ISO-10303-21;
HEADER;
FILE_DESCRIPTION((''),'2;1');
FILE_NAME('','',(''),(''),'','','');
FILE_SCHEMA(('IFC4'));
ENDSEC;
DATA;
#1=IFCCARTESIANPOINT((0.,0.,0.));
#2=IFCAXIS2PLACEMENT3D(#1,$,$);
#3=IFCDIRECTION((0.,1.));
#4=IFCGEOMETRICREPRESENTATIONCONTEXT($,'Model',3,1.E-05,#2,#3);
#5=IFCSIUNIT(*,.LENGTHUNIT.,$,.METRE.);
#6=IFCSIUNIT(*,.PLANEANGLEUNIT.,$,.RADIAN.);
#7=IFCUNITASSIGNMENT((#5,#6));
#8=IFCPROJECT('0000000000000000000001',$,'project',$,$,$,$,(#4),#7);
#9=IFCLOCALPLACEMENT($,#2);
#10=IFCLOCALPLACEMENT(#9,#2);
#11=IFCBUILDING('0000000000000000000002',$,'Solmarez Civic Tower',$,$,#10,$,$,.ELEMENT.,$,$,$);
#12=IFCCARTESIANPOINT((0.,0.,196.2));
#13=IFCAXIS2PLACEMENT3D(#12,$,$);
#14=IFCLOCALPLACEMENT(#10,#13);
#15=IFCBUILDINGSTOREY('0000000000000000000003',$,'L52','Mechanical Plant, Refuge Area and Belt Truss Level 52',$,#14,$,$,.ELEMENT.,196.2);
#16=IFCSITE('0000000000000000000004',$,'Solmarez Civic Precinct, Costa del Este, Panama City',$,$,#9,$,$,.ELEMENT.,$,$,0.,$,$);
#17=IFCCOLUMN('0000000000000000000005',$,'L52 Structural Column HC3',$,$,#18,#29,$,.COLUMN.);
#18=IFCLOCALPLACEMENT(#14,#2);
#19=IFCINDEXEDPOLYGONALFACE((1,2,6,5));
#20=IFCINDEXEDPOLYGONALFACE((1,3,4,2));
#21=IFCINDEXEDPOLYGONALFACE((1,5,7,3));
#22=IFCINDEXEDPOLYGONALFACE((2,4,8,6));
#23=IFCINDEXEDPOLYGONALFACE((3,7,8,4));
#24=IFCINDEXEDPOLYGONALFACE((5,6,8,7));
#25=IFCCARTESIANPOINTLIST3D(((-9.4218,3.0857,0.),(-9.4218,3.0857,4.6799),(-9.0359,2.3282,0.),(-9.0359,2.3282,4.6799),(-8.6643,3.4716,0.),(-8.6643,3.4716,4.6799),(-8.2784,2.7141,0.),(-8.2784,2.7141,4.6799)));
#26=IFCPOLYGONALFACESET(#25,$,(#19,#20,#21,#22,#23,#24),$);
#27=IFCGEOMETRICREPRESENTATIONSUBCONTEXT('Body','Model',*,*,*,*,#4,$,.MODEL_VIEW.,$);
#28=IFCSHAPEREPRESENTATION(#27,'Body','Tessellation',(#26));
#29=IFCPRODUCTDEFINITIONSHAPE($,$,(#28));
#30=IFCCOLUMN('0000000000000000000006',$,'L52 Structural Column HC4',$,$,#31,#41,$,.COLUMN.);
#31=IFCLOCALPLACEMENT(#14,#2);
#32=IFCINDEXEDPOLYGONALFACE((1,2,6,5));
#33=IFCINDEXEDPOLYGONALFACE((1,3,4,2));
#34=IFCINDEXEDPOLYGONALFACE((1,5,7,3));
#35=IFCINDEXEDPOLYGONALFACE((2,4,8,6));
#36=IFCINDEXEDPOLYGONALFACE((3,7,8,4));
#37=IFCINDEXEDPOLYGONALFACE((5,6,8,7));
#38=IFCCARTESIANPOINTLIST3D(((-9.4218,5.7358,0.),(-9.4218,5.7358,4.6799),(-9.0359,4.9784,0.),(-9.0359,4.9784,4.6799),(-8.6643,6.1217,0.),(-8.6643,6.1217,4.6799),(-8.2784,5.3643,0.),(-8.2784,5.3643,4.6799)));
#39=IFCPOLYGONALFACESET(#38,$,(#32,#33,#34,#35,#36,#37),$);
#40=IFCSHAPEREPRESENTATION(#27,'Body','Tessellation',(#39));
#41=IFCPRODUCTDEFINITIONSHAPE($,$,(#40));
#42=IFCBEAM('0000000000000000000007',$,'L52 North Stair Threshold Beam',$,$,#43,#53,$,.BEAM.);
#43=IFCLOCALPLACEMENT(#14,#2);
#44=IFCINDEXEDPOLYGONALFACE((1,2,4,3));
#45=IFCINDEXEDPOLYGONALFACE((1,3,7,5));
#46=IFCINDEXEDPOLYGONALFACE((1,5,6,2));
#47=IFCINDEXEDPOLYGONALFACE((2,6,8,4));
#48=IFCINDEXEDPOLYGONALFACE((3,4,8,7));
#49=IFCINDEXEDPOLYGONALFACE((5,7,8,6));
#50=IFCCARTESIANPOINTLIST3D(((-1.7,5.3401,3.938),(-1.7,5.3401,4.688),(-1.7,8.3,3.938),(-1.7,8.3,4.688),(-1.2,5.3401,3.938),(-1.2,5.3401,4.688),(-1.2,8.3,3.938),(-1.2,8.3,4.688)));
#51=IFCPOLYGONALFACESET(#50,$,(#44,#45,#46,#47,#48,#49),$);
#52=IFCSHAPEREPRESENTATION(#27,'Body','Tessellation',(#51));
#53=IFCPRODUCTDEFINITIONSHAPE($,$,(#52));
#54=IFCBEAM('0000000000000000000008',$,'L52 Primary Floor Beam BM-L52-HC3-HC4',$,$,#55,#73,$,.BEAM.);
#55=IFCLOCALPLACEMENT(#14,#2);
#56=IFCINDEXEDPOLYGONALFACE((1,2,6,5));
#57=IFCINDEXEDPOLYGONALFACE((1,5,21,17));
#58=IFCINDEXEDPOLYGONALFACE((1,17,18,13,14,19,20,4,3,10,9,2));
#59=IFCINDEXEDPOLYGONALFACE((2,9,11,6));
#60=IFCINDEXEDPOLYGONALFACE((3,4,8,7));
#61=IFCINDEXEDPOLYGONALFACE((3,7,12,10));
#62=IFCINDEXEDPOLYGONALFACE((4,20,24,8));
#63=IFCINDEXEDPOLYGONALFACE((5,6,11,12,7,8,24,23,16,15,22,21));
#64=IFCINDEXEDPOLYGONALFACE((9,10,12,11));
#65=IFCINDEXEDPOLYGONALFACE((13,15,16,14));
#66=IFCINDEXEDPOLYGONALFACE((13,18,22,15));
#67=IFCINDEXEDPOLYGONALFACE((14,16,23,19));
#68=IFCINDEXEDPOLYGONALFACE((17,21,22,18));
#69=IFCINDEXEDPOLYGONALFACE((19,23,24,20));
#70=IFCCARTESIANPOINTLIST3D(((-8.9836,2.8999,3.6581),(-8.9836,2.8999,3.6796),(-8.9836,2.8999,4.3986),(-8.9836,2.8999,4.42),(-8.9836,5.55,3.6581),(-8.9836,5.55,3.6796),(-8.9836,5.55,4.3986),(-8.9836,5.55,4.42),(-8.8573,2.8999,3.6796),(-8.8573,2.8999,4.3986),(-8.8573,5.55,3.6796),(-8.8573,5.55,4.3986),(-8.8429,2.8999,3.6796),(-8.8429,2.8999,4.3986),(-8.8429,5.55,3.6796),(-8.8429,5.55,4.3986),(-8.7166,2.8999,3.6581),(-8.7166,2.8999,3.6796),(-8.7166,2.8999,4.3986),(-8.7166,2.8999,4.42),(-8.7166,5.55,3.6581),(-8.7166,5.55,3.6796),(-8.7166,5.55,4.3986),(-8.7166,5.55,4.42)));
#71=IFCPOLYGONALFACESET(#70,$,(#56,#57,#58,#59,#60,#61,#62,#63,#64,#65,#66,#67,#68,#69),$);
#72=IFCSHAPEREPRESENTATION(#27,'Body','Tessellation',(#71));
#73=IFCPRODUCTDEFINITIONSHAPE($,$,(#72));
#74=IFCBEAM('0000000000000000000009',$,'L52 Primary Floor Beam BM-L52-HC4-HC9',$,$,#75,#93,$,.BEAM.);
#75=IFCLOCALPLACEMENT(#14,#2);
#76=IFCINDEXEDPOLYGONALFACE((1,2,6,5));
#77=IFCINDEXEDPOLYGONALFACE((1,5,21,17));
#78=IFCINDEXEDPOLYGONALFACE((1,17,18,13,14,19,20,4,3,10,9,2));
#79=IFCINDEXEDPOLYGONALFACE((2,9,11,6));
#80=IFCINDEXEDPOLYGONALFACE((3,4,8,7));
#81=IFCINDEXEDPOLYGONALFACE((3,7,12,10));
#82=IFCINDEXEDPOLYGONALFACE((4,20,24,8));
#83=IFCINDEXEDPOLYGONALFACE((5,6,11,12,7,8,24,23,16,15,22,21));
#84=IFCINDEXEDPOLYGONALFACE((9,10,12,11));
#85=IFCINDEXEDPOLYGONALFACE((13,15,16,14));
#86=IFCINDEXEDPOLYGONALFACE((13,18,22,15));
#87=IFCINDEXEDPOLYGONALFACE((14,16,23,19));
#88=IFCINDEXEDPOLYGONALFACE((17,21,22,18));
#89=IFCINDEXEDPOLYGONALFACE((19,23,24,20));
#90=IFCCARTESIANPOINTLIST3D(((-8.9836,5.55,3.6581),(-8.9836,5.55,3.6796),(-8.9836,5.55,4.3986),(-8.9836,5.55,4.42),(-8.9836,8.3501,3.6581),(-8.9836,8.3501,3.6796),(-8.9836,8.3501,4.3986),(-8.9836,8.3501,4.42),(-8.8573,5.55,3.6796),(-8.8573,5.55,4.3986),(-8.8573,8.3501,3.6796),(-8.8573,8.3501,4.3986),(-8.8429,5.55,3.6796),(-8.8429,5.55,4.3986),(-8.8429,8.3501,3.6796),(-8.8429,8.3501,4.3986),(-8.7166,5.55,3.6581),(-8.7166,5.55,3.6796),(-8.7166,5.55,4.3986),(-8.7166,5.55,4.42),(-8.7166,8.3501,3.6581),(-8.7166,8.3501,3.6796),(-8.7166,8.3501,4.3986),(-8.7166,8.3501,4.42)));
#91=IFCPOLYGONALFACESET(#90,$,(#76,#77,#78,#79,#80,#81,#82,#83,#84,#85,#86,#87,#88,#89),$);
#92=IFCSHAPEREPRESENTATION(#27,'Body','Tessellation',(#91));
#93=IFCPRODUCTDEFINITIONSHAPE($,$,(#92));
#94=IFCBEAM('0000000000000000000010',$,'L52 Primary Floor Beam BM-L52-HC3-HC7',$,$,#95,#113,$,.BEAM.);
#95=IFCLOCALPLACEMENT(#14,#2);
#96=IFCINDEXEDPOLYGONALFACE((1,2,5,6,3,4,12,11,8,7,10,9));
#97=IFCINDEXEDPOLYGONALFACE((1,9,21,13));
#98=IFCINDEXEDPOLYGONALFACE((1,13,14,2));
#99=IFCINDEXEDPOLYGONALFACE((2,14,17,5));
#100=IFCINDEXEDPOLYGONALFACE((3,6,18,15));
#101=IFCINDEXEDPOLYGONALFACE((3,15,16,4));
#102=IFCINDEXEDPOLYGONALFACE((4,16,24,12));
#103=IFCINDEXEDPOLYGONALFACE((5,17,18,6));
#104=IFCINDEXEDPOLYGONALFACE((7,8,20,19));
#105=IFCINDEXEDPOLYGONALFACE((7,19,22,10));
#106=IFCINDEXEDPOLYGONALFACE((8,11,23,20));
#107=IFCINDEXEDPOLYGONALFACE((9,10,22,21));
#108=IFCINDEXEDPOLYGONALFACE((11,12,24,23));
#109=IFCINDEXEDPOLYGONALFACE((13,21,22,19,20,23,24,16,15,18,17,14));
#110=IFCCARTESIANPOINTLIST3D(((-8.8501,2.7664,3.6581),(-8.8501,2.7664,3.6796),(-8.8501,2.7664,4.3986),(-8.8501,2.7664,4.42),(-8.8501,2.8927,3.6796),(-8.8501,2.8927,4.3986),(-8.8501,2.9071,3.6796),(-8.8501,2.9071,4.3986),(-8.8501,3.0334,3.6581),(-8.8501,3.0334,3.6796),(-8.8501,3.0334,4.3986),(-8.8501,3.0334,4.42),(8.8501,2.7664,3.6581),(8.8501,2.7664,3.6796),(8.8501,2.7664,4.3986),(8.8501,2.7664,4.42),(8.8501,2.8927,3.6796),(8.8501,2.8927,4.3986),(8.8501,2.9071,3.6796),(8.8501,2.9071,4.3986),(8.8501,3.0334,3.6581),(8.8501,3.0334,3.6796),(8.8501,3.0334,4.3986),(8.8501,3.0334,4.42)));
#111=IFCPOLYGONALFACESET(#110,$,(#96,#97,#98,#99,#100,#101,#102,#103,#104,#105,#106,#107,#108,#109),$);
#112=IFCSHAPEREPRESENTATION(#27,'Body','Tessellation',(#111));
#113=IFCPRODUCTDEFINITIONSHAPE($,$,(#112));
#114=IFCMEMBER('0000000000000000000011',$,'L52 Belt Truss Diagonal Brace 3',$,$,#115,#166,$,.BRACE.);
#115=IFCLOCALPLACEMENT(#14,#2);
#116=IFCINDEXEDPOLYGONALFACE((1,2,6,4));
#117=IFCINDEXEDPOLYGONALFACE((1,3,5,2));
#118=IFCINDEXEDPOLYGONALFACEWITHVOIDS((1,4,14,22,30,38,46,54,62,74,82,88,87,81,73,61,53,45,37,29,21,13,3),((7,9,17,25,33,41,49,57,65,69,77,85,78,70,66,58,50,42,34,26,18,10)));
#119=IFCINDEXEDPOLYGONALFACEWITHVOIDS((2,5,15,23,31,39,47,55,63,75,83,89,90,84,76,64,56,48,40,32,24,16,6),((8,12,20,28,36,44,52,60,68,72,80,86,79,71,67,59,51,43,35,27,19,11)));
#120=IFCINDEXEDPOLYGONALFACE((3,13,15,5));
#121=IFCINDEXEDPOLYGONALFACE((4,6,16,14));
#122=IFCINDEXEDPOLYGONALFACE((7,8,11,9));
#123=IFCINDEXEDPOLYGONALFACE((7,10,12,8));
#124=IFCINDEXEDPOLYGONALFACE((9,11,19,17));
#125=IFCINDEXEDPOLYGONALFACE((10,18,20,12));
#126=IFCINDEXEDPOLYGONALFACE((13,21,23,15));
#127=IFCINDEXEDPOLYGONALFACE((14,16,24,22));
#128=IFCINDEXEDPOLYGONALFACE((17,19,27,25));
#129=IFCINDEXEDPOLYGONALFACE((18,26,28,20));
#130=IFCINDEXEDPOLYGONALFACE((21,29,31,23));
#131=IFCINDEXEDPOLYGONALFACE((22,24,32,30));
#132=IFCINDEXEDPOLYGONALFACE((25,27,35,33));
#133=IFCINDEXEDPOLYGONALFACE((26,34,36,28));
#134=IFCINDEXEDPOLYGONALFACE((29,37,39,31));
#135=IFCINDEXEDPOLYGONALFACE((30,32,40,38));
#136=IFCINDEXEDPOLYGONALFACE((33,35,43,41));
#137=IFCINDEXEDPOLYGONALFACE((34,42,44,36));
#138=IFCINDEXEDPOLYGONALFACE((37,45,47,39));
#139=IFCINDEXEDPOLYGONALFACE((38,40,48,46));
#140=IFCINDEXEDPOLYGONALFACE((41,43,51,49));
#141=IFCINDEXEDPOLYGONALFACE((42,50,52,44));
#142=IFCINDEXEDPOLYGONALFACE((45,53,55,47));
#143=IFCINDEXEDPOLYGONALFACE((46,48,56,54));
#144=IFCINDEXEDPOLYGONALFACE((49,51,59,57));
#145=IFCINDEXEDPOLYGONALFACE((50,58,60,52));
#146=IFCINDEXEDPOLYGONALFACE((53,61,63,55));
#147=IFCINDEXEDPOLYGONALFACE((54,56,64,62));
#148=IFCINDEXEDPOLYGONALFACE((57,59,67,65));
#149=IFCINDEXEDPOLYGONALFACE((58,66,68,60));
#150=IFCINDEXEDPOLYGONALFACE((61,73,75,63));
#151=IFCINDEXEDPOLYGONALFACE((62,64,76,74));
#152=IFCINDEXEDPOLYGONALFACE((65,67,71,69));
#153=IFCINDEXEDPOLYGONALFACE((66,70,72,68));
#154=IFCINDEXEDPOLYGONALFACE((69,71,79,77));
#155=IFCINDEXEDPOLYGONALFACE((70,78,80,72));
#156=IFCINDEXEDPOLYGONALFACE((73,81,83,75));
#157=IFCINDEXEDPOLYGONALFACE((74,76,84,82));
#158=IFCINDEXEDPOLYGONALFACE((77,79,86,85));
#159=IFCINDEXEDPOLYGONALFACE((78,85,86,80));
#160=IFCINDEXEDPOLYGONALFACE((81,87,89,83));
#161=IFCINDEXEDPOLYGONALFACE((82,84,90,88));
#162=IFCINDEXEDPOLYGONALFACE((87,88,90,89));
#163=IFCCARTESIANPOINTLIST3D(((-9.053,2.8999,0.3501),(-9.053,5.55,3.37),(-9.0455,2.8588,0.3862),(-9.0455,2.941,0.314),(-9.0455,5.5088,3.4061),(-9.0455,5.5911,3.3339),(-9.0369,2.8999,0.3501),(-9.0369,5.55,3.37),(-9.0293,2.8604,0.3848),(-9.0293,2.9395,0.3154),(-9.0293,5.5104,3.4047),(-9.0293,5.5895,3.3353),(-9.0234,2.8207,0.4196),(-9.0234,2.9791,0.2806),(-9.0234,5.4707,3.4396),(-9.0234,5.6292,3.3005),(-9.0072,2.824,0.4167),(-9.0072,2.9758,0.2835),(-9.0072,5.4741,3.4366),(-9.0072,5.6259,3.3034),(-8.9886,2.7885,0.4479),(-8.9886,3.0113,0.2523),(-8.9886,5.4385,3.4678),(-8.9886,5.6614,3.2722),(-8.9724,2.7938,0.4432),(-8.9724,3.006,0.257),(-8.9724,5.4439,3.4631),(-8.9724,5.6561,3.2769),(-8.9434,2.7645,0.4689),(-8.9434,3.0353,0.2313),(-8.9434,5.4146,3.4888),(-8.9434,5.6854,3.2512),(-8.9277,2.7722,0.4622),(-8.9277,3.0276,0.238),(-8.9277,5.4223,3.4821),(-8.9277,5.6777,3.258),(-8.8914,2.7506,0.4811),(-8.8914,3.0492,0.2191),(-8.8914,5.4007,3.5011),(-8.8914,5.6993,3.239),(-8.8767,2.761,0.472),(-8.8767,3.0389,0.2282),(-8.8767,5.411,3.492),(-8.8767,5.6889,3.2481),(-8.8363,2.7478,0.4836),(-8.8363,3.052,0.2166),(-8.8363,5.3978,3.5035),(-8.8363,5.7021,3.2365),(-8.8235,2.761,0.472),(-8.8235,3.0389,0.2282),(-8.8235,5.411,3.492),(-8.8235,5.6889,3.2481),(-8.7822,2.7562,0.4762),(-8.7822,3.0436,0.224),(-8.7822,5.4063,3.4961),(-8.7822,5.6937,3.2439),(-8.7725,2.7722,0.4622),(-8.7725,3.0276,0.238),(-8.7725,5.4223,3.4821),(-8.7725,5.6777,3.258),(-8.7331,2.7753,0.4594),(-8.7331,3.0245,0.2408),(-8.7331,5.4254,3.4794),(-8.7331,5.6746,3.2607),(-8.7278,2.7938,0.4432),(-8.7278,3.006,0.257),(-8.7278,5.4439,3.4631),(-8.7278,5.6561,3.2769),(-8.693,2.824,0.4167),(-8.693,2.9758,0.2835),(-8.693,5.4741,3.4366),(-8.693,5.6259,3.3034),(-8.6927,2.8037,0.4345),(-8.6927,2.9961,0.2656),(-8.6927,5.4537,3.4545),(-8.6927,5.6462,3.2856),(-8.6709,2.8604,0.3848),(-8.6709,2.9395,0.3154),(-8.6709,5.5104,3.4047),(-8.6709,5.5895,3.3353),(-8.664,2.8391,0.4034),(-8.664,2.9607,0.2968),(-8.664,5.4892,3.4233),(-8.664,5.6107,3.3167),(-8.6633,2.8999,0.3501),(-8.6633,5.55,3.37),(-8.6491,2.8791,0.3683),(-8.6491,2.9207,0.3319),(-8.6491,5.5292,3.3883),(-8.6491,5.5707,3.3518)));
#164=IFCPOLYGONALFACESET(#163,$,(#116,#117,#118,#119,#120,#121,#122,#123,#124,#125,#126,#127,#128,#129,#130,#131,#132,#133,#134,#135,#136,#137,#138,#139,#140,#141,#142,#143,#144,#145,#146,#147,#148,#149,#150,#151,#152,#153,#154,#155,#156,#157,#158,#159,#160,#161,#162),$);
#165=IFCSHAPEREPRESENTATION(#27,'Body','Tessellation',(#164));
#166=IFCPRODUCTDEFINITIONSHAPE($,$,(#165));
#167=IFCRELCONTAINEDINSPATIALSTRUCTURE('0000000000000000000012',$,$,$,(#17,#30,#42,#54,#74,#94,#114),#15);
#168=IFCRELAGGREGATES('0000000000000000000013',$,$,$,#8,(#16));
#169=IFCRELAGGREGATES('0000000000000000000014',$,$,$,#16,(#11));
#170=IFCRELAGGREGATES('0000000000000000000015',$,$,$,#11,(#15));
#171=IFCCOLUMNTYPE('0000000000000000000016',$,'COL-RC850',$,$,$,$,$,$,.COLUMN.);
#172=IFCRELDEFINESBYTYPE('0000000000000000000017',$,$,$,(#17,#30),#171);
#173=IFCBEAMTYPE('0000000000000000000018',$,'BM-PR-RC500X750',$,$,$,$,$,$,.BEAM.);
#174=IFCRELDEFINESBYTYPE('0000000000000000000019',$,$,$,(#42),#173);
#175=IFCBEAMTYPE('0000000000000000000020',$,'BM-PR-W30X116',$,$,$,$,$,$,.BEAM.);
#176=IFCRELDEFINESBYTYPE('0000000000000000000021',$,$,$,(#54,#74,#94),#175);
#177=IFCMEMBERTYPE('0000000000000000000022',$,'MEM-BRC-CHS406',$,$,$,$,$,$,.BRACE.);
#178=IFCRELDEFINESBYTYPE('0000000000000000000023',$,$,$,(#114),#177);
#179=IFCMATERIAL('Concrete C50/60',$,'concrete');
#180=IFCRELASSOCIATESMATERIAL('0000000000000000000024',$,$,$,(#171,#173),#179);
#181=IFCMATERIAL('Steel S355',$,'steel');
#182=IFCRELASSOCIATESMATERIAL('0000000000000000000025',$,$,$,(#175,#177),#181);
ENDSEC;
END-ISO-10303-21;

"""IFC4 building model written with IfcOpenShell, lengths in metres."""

from ifc_helpers import new_model, si_unit, direction, frame, origin, origin_2d, place, context, subcontext, project, spatial, rectangle, hollow_circle, i_section, extrude, material, material_profile, profile_set, type_object, element, save


model = new_model("IFC4")

# Units and contexts
model_context = context("Model", 3, precision=1e-05, world=origin(), true_north=direction((0.0, 1.0)))
body_context = subcontext(model_context, "Body", "Model", "MODEL_VIEW")
ifc_project = project(units=[si_unit("LENGTHUNIT", "METRE"), si_unit("PLANEANGLEUNIT", "RADIAN")], contexts=[model_context])

# Site, building, storey
site_placement = place(None, origin())
site = spatial("IfcSite", under=ifc_project, at=site_placement, Name="Solmarez Civic Precinct, Costa del Este, Panama City", CompositionType="ELEMENT", RefElevation=0.0)
building_placement = place(site_placement, origin())
building = spatial("IfcBuilding", under=site, at=building_placement, Name="Solmarez Civic Tower", CompositionType="ELEMENT")
storey_placement = place(building_placement, frame((0.0, 0.0, 196.2)))
storey = spatial("IfcBuildingStorey", under=building, at=storey_placement, Name="L52", Description="Mechanical Plant, Refuge Area and Belt Truss Level 52", CompositionType="ELEMENT", Elevation=196.2)

# Columns
ifc_material_1 = material(Name="Concrete C50/60", Category="concrete")
ifc_material_profile_1 = material_profile(ifc_material_1, rectangle(XDim=0.8501, YDim=0.8501, at=origin_2d()), Name="RC850X850")
ifc_profile_set_1 = profile_set([ifc_material_profile_1], Name="Concrete C50/60")
column_type = type_object("IfcColumnType", Name="COL-RC850", PredefinedType="COLUMN", material=ifc_profile_set_1)
for number, where, z_axis, x_axis, name in (
    (1, (-8.8501, 2.8999, 0.0), (0.0, 0.0, 1.0), (0.891007, 0.45399, 0.0), "L52 Structural Column HC3"),
    (2, (-8.8501, 5.55, 0.0), (0.0, 0.0, 1.0), (0.891007, 0.45399, 0.0), "L52 Structural Column HC4"),
):
    element("IfcColumn", number, at=place(storey_placement, frame(where, z_axis=z_axis, x_axis=x_axis)), inside=storey, type_object=column_type, Name=name, PredefinedType="COLUMN", context=body_context, shape_type="SweptSolid", body=[
        extrude(rectangle(XDim=0.8501, YDim=0.8501, at=origin_2d()), origin(), (0.0, 0.0, 1.0), 4.6799),
    ])

# Beams
ifc_material_profile_2 = material_profile(ifc_material_1, rectangle(XDim=0.5, YDim=0.75, at=origin_2d()), Name="RC500X750")
ifc_profile_set_2 = profile_set([ifc_material_profile_2], Name="Concrete C50/60")
beam_type_1 = type_object("IfcBeamType", Name="BM-PR-RC500X750", PredefinedType="BEAM", material=ifc_profile_set_2)
beam_1_placement = place(storey_placement, frame((-1.45, 5.3401, 4.313), z_axis=(0.0, 1.0, 0.0), x_axis=(-1.0, 0.0, 0.0)))
element("IfcBeam", 3, at=beam_1_placement, inside=storey, type_object=beam_type_1, Name="L52 North Stair Threshold Beam", PredefinedType="BEAM", context=body_context, shape_type="SweptSolid", body=[
    extrude(rectangle(XDim=0.5, YDim=0.75, at=origin_2d()), origin(), (0.0, 0.0, 1.0), 2.96),
])
ifc_material_2 = material(Name="Steel S355", Category="steel")
ifc_material_profile_3 = material_profile(ifc_material_2, i_section(OverallWidth=0.2671, OverallDepth=0.762, WebThickness=0.0144, FlangeThickness=0.0215, at=origin_2d()), Name="W30X116")
ifc_profile_set_3 = profile_set([ifc_material_profile_3], Name="Steel S355")
beam_type_2 = type_object("IfcBeamType", Name="BM-PR-W30X116", PredefinedType="BEAM", material=ifc_profile_set_3)
beam_2_placement = place(storey_placement, frame((-8.8501, 2.8999, 4.0391), z_axis=(0.0, 1.0, 0.0), x_axis=(-1.0, 0.0, 0.0)))
element("IfcBeam", 4, at=beam_2_placement, inside=storey, type_object=beam_type_2, Name="L52 Primary Floor Beam BM-L52-HC3-HC4", PredefinedType="BEAM", context=body_context, shape_type="SweptSolid", body=[
    extrude(i_section(OverallWidth=0.2671, OverallDepth=0.762, WebThickness=0.0144, FlangeThickness=0.0215, at=origin_2d()), origin(), (0.0, 0.0, 1.0), 2.6501),
])
beam_3_placement = place(storey_placement, frame((-8.8501, 5.55, 4.0391), z_axis=(0.0, 1.0, 0.0), x_axis=(-1.0, 0.0, 0.0)))
element("IfcBeam", 5, at=beam_3_placement, inside=storey, type_object=beam_type_2, Name="L52 Primary Floor Beam BM-L52-HC4-HC9", PredefinedType="BEAM", context=body_context, shape_type="SweptSolid", body=[
    extrude(i_section(OverallWidth=0.2671, OverallDepth=0.762, WebThickness=0.0144, FlangeThickness=0.0215, at=origin_2d()), origin(), (0.0, 0.0, 1.0), 2.8),
])
beam_4_placement = place(storey_placement, frame((-8.8501, 2.8999, 4.0391), z_axis=(1.0, 0.0, 0.0), x_axis=(0.0, 1.0, 0.0)))
element("IfcBeam", 6, at=beam_4_placement, inside=storey, type_object=beam_type_2, Name="L52 Primary Floor Beam BM-L52-HC3-HC7", PredefinedType="BEAM", context=body_context, shape_type="SweptSolid", body=[
    extrude(i_section(OverallWidth=0.2671, OverallDepth=0.762, WebThickness=0.0144, FlangeThickness=0.0215, at=origin_2d()), origin(), (0.0, 0.0, 1.0), 17.7002),
])

# Member
ifc_material_profile_4 = material_profile(ifc_material_2, hollow_circle(Radius=0.2029, WallThickness=0.0161, at=origin_2d()), Name="CHS406X16")
ifc_profile_set_4 = profile_set([ifc_material_profile_4], Name="Steel S355")
member_type_1 = type_object("IfcMemberType", Name="MEM-BRC-CHS406", PredefinedType="BRACE", material=ifc_profile_set_4)
member_1_placement = place(storey_placement, frame((-8.8501, 2.8999, 0.3501), z_axis=(0.0, 0.659579, 0.751635), x_axis=(-1.0, 0.0, 0.0)))
element("IfcMember", 7, at=member_1_placement, inside=storey, type_object=member_type_1, Name="L52 Belt Truss Diagonal Brace 3", PredefinedType="BRACE", context=body_context, shape_type="SweptSolid", body=[
    extrude(hollow_circle(Radius=0.2029, WallThickness=0.0161, at=origin_2d()), origin(), (0.0, 0.0, 1.0), 4.0178),
])

save(model, "model.ifc")
